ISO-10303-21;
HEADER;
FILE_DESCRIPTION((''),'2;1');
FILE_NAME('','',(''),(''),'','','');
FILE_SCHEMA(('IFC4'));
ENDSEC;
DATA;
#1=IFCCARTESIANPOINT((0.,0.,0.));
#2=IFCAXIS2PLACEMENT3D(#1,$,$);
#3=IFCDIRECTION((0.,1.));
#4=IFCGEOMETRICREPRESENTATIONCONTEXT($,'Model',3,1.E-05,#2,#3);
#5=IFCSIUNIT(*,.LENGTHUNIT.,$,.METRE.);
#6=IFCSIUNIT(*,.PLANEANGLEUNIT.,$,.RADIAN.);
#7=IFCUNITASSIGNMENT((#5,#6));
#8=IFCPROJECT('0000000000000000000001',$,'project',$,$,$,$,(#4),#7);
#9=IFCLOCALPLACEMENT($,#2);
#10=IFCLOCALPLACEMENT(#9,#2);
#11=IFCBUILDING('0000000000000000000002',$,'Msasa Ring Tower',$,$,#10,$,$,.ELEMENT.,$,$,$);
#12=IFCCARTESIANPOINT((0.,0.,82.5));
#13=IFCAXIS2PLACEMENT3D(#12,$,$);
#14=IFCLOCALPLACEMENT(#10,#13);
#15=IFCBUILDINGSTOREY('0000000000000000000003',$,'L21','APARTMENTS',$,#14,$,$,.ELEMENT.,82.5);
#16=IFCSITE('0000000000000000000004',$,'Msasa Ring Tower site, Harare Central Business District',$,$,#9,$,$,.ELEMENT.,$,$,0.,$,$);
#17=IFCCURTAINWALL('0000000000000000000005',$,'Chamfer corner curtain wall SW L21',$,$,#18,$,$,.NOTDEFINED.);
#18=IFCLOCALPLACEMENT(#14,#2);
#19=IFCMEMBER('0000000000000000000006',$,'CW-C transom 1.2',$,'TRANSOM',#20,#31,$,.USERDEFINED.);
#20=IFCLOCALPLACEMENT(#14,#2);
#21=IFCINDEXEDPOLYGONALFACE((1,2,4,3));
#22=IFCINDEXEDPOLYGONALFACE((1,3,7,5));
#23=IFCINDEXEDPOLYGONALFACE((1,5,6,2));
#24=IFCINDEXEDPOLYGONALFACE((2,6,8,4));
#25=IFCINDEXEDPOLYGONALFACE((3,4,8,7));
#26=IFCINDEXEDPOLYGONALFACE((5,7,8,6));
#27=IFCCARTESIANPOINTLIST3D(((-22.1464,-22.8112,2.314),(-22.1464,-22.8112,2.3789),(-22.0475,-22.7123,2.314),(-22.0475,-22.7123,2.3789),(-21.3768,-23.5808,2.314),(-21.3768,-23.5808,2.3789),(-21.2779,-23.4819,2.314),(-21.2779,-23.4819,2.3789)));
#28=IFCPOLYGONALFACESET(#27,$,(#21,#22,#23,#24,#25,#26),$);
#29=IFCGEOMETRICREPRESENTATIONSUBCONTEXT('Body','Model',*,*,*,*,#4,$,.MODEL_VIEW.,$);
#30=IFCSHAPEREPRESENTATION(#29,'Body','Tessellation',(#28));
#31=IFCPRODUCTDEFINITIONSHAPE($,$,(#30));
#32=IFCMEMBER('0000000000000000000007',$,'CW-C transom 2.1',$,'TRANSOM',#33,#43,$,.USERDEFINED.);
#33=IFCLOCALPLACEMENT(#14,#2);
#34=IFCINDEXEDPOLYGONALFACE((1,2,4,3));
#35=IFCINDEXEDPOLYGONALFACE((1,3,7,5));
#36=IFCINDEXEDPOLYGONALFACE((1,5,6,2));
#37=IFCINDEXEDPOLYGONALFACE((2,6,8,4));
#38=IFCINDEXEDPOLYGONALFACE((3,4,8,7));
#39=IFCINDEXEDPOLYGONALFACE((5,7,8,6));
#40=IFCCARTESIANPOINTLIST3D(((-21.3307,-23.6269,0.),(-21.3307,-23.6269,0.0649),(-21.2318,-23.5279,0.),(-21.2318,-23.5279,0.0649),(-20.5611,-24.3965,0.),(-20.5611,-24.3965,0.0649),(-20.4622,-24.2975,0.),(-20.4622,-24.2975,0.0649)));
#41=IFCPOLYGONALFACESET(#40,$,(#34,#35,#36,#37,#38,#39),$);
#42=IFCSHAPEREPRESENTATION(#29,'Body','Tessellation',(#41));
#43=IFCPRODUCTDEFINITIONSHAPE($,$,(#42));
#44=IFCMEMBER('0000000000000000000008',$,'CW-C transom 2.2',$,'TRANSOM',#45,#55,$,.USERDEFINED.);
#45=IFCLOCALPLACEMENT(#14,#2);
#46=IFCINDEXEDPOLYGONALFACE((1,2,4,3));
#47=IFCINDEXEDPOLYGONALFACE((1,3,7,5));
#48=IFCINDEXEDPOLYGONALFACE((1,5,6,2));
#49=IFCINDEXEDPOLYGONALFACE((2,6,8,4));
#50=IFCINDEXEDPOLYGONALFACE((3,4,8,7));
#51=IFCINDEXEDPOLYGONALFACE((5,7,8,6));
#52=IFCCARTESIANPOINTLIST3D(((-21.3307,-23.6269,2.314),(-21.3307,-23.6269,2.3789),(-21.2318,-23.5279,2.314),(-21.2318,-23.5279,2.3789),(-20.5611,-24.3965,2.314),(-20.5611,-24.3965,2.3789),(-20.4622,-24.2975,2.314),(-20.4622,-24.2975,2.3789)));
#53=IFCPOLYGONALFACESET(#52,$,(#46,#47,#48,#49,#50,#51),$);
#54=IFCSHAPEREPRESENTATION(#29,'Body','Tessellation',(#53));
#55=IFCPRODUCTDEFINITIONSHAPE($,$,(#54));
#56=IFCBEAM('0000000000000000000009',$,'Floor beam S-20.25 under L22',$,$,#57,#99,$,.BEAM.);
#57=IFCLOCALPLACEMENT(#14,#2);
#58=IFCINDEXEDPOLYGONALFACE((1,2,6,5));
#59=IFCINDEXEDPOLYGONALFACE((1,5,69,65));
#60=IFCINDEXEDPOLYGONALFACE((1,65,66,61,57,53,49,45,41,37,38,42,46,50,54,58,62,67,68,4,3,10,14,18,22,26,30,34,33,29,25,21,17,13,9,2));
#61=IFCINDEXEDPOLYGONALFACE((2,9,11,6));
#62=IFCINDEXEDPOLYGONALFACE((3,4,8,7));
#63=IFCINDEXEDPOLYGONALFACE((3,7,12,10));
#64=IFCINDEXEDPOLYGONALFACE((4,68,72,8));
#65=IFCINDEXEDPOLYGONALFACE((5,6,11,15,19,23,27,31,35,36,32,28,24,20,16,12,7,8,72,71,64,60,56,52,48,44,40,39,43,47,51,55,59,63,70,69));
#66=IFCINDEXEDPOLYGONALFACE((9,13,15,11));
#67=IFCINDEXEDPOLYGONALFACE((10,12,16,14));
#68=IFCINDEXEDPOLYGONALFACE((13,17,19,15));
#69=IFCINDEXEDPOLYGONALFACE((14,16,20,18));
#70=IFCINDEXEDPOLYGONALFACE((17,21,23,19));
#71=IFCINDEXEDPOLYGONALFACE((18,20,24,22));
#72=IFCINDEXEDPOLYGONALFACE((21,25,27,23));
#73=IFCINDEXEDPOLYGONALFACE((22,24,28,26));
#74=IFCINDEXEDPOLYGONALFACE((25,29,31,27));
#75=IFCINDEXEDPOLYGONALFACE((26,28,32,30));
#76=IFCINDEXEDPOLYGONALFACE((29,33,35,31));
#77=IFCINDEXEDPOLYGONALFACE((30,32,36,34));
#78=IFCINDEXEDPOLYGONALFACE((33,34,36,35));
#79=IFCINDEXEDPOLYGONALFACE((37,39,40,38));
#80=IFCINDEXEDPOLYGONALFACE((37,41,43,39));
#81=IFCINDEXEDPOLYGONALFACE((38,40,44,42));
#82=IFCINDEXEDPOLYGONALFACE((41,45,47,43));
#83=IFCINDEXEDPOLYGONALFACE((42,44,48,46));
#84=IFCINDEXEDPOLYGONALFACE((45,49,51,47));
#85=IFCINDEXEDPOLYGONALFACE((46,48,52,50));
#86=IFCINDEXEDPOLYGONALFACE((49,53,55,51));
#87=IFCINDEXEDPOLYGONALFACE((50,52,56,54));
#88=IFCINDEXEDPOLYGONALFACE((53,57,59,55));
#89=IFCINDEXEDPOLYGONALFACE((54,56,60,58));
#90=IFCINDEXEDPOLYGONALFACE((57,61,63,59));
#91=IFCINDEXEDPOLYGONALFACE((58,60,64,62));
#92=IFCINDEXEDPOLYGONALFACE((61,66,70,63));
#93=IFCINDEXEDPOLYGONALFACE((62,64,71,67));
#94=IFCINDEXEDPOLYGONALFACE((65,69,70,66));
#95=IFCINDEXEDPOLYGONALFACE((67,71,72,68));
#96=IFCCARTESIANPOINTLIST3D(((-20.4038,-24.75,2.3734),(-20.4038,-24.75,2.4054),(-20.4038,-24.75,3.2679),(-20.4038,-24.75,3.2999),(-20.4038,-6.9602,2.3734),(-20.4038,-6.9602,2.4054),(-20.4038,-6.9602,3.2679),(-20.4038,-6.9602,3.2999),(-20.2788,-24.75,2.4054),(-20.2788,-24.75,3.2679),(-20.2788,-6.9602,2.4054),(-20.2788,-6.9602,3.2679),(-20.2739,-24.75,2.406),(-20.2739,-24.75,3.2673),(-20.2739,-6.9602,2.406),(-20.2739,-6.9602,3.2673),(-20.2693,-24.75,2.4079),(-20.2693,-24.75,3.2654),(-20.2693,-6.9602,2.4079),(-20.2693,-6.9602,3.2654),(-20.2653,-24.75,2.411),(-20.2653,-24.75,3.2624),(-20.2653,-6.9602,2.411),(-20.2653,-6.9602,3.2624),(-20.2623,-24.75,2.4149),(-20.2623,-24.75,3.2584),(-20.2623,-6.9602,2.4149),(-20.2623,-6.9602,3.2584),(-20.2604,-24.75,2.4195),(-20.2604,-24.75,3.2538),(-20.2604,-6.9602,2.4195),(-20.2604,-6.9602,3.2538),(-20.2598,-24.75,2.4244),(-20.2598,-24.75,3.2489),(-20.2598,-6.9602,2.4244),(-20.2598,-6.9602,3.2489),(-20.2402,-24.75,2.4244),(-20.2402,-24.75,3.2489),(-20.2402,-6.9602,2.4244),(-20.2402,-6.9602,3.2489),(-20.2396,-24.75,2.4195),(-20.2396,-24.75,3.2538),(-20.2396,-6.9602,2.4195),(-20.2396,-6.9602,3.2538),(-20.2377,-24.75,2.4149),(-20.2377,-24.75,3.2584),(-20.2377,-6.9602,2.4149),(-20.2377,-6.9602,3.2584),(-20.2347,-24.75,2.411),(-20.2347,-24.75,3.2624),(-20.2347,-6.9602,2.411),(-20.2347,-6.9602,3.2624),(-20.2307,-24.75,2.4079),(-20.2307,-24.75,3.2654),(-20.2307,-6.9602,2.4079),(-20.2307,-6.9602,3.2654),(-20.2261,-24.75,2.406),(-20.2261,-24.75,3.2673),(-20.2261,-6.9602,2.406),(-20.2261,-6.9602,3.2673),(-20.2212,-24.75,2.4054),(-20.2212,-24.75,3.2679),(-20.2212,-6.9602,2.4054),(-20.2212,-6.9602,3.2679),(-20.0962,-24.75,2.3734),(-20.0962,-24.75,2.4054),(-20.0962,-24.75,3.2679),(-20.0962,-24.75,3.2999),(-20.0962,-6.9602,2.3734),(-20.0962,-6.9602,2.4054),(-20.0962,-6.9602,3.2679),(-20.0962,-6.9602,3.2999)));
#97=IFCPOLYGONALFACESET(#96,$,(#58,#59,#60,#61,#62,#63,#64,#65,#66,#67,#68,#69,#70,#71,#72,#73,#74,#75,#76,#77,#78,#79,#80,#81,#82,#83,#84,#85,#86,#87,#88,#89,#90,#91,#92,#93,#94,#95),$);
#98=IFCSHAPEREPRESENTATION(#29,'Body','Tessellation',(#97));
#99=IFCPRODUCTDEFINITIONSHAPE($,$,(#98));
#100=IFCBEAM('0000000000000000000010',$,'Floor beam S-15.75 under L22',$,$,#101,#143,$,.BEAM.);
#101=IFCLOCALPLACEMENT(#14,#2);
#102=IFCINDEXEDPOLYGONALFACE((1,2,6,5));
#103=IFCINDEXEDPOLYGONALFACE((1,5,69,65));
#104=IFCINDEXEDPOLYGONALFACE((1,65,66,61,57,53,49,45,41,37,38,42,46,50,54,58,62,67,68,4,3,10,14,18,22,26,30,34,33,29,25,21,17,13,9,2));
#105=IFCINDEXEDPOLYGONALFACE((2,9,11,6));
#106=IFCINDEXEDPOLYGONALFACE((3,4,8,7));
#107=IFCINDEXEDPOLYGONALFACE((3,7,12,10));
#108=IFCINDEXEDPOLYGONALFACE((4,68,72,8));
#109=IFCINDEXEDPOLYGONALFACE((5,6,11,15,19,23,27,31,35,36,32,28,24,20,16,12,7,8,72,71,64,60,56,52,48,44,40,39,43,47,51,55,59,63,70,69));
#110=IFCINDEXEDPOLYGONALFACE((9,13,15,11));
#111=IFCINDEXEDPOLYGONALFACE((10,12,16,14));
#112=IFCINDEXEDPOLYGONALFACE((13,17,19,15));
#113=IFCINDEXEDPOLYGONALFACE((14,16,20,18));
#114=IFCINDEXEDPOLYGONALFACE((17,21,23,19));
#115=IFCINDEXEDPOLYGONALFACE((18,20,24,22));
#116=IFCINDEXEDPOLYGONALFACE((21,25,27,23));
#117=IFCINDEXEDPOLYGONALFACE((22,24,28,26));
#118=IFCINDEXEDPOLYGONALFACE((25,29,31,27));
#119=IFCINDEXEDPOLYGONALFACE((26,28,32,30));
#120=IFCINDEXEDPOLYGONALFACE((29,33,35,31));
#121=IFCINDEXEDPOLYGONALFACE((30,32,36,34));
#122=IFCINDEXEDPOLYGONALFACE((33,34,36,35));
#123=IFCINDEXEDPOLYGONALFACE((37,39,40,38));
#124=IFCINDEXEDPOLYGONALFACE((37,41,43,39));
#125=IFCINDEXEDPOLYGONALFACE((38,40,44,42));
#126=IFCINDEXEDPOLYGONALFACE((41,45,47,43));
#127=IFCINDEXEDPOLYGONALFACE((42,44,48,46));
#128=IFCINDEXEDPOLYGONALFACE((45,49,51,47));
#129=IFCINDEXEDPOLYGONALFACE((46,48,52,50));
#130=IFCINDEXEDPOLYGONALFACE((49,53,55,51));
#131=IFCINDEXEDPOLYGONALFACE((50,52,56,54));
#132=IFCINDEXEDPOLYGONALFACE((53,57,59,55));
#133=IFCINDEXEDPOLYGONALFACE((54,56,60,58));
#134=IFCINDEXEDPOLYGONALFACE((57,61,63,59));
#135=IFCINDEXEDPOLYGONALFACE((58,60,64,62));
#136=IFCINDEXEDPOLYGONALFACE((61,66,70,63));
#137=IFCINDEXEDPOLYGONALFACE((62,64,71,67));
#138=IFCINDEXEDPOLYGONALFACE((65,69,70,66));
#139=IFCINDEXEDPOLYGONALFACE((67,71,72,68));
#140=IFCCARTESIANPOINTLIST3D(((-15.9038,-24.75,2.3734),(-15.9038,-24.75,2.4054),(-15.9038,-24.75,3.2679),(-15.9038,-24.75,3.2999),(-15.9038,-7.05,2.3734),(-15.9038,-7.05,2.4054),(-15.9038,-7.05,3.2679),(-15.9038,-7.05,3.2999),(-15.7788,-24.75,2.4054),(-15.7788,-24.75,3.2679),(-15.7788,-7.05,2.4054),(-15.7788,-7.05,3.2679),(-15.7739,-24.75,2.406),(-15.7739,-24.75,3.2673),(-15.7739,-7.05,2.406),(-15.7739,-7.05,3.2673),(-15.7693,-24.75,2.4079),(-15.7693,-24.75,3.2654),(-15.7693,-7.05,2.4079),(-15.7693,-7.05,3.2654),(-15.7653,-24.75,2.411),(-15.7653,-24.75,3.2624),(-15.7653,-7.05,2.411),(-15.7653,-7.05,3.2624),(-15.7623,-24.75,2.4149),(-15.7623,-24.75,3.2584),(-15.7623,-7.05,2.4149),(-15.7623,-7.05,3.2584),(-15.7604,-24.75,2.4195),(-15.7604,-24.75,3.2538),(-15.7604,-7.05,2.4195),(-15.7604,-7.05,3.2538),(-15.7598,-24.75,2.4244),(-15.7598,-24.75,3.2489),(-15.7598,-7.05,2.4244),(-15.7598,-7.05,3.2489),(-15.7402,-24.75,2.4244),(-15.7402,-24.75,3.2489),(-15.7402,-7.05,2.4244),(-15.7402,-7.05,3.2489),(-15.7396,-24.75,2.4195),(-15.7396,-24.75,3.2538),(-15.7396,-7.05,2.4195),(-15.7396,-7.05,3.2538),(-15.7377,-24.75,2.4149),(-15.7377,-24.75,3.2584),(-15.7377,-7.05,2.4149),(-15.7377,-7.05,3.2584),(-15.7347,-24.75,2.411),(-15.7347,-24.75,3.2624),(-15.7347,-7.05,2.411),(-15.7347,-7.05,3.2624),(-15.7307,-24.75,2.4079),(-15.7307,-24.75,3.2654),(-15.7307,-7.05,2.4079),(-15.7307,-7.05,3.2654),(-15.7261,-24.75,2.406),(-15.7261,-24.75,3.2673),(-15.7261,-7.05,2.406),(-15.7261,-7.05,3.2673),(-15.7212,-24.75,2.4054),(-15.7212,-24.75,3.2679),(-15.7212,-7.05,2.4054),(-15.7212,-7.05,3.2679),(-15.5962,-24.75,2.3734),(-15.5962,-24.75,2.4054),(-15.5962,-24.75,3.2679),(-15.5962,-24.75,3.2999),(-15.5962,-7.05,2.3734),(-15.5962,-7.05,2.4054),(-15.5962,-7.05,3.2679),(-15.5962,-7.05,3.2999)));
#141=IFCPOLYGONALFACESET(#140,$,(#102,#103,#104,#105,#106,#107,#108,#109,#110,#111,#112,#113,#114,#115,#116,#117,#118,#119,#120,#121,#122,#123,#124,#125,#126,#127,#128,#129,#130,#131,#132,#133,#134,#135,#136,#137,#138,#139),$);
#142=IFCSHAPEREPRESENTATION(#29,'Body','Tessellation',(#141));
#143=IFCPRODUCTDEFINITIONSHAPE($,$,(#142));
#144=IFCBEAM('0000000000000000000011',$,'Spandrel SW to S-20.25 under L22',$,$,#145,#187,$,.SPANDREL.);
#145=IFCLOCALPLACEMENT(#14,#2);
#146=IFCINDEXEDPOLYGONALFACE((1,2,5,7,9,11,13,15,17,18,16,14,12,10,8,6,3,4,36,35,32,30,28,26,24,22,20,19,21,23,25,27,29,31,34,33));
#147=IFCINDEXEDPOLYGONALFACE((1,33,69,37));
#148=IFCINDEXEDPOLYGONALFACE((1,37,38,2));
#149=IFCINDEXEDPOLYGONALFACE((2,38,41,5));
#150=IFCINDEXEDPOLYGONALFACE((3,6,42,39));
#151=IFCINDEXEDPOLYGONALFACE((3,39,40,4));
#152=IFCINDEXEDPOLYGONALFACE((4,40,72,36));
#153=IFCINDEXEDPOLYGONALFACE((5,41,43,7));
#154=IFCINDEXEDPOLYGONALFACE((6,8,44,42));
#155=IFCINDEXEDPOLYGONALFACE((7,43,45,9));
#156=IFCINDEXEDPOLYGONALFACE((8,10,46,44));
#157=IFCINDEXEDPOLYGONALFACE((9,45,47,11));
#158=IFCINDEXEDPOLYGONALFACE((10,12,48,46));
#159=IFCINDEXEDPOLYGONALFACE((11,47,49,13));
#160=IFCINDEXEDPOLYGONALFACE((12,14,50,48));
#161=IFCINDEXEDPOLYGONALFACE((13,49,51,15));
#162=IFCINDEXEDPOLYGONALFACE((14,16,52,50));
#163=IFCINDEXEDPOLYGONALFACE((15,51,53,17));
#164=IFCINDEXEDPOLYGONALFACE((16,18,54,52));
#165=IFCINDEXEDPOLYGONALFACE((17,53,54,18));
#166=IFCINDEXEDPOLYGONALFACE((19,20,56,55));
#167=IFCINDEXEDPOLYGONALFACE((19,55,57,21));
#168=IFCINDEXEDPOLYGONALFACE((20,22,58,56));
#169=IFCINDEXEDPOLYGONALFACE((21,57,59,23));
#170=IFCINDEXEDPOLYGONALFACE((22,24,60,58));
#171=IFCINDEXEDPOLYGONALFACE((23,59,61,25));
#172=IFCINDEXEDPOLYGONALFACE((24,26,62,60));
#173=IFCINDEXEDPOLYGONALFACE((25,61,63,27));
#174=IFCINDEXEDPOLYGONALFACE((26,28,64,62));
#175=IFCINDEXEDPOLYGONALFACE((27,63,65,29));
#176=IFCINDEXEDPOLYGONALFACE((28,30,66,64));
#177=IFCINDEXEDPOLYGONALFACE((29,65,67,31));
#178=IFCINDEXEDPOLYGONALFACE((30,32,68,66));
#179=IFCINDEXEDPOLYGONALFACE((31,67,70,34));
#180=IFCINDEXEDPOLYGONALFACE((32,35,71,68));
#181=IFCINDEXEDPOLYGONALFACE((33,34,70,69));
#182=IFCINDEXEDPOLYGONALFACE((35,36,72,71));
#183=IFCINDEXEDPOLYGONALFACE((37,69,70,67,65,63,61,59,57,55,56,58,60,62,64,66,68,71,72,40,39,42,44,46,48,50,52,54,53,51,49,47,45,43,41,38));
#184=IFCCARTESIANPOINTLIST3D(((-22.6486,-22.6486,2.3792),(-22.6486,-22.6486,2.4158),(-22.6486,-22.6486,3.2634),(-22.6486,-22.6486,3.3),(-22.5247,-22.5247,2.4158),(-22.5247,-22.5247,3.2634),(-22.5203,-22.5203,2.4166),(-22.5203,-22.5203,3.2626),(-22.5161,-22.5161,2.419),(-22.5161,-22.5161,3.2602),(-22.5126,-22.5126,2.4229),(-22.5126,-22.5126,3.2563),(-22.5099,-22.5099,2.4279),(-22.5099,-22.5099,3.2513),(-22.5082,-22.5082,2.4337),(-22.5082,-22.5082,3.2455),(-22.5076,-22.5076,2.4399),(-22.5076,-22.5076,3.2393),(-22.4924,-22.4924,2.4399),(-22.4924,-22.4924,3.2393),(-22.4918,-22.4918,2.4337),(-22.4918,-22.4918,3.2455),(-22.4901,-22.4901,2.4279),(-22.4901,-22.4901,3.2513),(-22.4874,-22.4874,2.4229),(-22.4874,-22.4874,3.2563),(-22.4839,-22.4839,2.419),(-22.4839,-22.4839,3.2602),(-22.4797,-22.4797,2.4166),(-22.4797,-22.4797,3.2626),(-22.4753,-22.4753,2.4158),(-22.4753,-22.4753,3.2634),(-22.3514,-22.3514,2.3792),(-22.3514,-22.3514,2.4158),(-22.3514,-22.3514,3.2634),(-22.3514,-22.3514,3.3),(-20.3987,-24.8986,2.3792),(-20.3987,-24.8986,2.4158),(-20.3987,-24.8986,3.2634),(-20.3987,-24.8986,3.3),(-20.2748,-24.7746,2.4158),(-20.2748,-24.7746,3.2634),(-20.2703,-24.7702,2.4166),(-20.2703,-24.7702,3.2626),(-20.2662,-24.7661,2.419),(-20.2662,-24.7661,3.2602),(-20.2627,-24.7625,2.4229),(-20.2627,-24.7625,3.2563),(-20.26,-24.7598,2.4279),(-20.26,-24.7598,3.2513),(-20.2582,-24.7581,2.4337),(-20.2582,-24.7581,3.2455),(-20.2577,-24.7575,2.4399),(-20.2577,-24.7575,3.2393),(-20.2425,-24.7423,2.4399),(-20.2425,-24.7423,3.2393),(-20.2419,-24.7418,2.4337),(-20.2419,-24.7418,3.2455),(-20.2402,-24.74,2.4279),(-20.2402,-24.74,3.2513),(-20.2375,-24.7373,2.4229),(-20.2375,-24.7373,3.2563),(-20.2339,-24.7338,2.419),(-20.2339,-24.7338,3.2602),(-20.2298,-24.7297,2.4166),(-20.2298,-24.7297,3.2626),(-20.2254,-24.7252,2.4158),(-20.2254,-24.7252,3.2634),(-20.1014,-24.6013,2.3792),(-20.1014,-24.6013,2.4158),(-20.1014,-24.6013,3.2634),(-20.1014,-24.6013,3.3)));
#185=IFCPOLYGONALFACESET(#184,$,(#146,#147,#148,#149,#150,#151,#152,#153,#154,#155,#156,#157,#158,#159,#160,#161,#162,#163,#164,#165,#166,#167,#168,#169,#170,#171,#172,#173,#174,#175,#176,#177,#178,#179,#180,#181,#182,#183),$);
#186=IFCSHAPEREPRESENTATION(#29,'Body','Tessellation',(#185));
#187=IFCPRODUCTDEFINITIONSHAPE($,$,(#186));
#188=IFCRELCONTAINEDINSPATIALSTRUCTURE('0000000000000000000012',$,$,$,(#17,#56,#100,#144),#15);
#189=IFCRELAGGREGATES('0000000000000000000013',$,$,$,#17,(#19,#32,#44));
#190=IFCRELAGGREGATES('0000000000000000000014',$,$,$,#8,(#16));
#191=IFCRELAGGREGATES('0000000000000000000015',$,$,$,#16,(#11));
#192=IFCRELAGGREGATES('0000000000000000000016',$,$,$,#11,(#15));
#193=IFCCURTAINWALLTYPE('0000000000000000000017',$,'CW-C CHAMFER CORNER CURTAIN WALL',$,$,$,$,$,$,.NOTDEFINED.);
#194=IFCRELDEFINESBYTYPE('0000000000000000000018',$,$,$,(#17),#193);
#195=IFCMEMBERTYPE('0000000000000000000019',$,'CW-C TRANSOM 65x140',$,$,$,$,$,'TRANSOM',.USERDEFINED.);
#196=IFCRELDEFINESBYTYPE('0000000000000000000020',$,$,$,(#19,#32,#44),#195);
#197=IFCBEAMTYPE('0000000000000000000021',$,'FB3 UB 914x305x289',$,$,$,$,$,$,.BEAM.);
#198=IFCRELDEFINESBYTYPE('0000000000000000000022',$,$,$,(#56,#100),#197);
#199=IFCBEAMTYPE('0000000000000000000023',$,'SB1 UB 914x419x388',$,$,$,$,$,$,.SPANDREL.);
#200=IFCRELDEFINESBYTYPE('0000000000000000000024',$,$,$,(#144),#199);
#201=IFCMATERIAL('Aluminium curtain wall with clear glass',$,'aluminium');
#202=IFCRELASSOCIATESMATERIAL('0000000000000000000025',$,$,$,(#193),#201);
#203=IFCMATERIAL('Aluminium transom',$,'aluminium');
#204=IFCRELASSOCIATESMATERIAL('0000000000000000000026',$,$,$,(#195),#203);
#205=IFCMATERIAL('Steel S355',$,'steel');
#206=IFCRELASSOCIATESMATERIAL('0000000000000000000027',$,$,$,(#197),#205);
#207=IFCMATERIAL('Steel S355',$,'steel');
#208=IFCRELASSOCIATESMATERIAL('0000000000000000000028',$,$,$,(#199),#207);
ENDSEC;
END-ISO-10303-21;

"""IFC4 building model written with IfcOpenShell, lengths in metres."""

from ifc_helpers import new_model, si_unit, direction, frame, origin, origin_2d, place, context, subcontext, project, spatial, rectangle, i_section, extrude, material, material_profile, profile_set, type_object, element, aggregate, save


model = new_model("IFC4")

# Units and contexts
model_context = context("Model", 3, precision=1e-05, world=origin(), true_north=direction((0.0, 1.0)))
body_context = subcontext(model_context, "Body", "Model", "MODEL_VIEW")
ifc_project = project(units=[si_unit("LENGTHUNIT", "METRE"), si_unit("PLANEANGLEUNIT", "RADIAN")], contexts=[model_context])

# Site, building, storey
site_placement = place(None, origin())
site = spatial("IfcSite", under=ifc_project, at=site_placement, Name="Msasa Ring Tower site, Harare Central Business District", CompositionType="ELEMENT", RefElevation=0.0)
building_placement = place(site_placement, origin())
building = spatial("IfcBuilding", under=site, at=building_placement, Name="Msasa Ring Tower", CompositionType="ELEMENT")
storey_placement = place(building_placement, frame((0.0, 0.0, 82.5)))
storey = spatial("IfcBuildingStorey", under=building, at=storey_placement, Name="L21", Description="APARTMENTS", CompositionType="ELEMENT", Elevation=82.5)

# Curtain wall
ifc_material_1 = material(Name="Aluminium curtain wall with clear glass", Category="aluminium")
curtain_wall_type = type_object("IfcCurtainWallType", Name="CW-C CHAMFER CORNER CURTAIN WALL", PredefinedType="NOTDEFINED", material=ifc_material_1)
curtain_wall_1_placement = place(storey_placement, origin())
curtain_wall_1 = element("IfcCurtainWall", 1, at=curtain_wall_1_placement, inside=storey, type_object=curtain_wall_type, Name="Chamfer corner curtain wall SW L21", PredefinedType="NOTDEFINED")

# Members
ifc_material_2 = material(Name="Aluminium transom", Category="aluminium")
ifc_material_profile_1 = material_profile(ifc_material_2, rectangle(XDim=0.1399, YDim=0.0649, at=origin_2d()), Name="AL 65x140")
ifc_profile_set_1 = profile_set([ifc_material_profile_1], Name="Aluminium transom")
member_type_1 = type_object("IfcMemberType", Name="CW-C TRANSOM 65x140", ElementType="TRANSOM", PredefinedType="USERDEFINED", material=ifc_profile_set_1)
member_1_placement = place(storey_placement, frame((-22.0969, -22.7617, 2.3464), z_axis=(0.707107, -0.707107, 0.0), x_axis=(0.707107, 0.707107, 0.0)))
member_1 = element("IfcMember", 2, at=member_1_placement, type_object=member_type_1, Name="CW-C transom 1.2", ObjectType="TRANSOM", PredefinedType="USERDEFINED", context=body_context, shape_type="SweptSolid", body=[
    extrude(rectangle(XDim=0.1399, YDim=0.0649, at=origin_2d()), origin(), (0.0, 0.0, 1.0), 1.0884),
])
member_2_placement = place(storey_placement, frame((-21.2812, -23.5774, 0.0325), z_axis=(0.707107, -0.707107, 0.0), x_axis=(0.707107, 0.707107, 0.0)))
member_2 = element("IfcMember", 3, at=member_2_placement, type_object=member_type_1, Name="CW-C transom 2.1", ObjectType="TRANSOM", PredefinedType="USERDEFINED", context=body_context, shape_type="SweptSolid", body=[
    extrude(rectangle(XDim=0.1399, YDim=0.0649, at=origin_2d()), origin(), (0.0, 0.0, 1.0), 1.0884),
])
member_3_placement = place(storey_placement, frame((-21.2812, -23.5774, 2.3464), z_axis=(0.707107, -0.707107, 0.0), x_axis=(0.707107, 0.707107, 0.0)))
member_3 = element("IfcMember", 4, at=member_3_placement, type_object=member_type_1, Name="CW-C transom 2.2", ObjectType="TRANSOM", PredefinedType="USERDEFINED", context=body_context, shape_type="SweptSolid", body=[
    extrude(rectangle(XDim=0.1399, YDim=0.0649, at=origin_2d()), origin(), (0.0, 0.0, 1.0), 1.0884),
])

# Beams
ifc_material_3 = material(Name="Steel S355", Category="steel")
ifc_material_profile_2 = material_profile(ifc_material_3, i_section(OverallWidth=0.3076, OverallDepth=0.9265, WebThickness=0.0195, FlangeThickness=0.032, FilletRadius=0.019, at=origin_2d()), Name="UB 914x305x289")
ifc_profile_set_2 = profile_set([ifc_material_profile_2], Name="Steel S355")
beam_type_1 = type_object("IfcBeamType", Name="FB3 UB 914x305x289", PredefinedType="BEAM", material=ifc_profile_set_2)
beam_1_placement = place(storey_placement, frame((-20.25, -24.75, 2.8367), z_axis=(0.0, 1.0, 0.0), x_axis=(-1.0, 0.0, 0.0)))
element("IfcBeam", 5, at=beam_1_placement, inside=storey, type_object=beam_type_1, Name="Floor beam S-20.25 under L22", PredefinedType="BEAM", context=body_context, shape_type="SweptSolid", body=[
    extrude(i_section(OverallWidth=0.3076, OverallDepth=0.9265, WebThickness=0.0195, FlangeThickness=0.032, FilletRadius=0.019, at=origin_2d()), origin(), (0.0, 0.0, 1.0), 17.7898),
])
beam_2_placement = place(storey_placement, frame((-15.75, -24.75, 2.8367), z_axis=(0.0, 1.0, 0.0), x_axis=(-1.0, 0.0, 0.0)))
element("IfcBeam", 6, at=beam_2_placement, inside=storey, type_object=beam_type_1, Name="Floor beam S-15.75 under L22", PredefinedType="BEAM", context=body_context, shape_type="SweptSolid", body=[
    extrude(i_section(OverallWidth=0.3076, OverallDepth=0.9265, WebThickness=0.0195, FlangeThickness=0.032, FilletRadius=0.019, at=origin_2d()), origin(), (0.0, 0.0, 1.0), 17.7),
])
ifc_material_4 = material(Name="Steel S355", Category="steel")
ifc_material_profile_3 = material_profile(ifc_material_4, i_section(OverallWidth=0.4204, OverallDepth=0.9209, WebThickness=0.0215, FlangeThickness=0.0366, FilletRadius=0.0242, at=origin_2d()), Name="UB 914x419x388")
ifc_profile_set_3 = profile_set([ifc_material_profile_3], Name="Steel S355")
beam_type_2 = type_object("IfcBeamType", Name="SB1 UB 914x419x388", PredefinedType="SPANDREL", material=ifc_profile_set_3)
beam_3_placement = place(storey_placement, frame((-22.5, -22.5, 2.8396), z_axis=(0.707107, -0.707107, 0.0), x_axis=(0.707107, 0.707107, 0.0)))
element("IfcBeam", 7, at=beam_3_placement, inside=storey, type_object=beam_type_2, Name="Spandrel SW to S-20.25 under L22", PredefinedType="SPANDREL", context=body_context, shape_type="SweptSolid", body=[
    extrude(i_section(OverallWidth=0.4204, OverallDepth=0.9209, WebThickness=0.0215, FlangeThickness=0.0366, FilletRadius=0.0242, at=origin_2d()), origin(), (0.0, 0.0, 1.0), 3.1819),
])

aggregate(curtain_wall_1, [member_1, member_2, member_3])

save(model, "model.ifc")
